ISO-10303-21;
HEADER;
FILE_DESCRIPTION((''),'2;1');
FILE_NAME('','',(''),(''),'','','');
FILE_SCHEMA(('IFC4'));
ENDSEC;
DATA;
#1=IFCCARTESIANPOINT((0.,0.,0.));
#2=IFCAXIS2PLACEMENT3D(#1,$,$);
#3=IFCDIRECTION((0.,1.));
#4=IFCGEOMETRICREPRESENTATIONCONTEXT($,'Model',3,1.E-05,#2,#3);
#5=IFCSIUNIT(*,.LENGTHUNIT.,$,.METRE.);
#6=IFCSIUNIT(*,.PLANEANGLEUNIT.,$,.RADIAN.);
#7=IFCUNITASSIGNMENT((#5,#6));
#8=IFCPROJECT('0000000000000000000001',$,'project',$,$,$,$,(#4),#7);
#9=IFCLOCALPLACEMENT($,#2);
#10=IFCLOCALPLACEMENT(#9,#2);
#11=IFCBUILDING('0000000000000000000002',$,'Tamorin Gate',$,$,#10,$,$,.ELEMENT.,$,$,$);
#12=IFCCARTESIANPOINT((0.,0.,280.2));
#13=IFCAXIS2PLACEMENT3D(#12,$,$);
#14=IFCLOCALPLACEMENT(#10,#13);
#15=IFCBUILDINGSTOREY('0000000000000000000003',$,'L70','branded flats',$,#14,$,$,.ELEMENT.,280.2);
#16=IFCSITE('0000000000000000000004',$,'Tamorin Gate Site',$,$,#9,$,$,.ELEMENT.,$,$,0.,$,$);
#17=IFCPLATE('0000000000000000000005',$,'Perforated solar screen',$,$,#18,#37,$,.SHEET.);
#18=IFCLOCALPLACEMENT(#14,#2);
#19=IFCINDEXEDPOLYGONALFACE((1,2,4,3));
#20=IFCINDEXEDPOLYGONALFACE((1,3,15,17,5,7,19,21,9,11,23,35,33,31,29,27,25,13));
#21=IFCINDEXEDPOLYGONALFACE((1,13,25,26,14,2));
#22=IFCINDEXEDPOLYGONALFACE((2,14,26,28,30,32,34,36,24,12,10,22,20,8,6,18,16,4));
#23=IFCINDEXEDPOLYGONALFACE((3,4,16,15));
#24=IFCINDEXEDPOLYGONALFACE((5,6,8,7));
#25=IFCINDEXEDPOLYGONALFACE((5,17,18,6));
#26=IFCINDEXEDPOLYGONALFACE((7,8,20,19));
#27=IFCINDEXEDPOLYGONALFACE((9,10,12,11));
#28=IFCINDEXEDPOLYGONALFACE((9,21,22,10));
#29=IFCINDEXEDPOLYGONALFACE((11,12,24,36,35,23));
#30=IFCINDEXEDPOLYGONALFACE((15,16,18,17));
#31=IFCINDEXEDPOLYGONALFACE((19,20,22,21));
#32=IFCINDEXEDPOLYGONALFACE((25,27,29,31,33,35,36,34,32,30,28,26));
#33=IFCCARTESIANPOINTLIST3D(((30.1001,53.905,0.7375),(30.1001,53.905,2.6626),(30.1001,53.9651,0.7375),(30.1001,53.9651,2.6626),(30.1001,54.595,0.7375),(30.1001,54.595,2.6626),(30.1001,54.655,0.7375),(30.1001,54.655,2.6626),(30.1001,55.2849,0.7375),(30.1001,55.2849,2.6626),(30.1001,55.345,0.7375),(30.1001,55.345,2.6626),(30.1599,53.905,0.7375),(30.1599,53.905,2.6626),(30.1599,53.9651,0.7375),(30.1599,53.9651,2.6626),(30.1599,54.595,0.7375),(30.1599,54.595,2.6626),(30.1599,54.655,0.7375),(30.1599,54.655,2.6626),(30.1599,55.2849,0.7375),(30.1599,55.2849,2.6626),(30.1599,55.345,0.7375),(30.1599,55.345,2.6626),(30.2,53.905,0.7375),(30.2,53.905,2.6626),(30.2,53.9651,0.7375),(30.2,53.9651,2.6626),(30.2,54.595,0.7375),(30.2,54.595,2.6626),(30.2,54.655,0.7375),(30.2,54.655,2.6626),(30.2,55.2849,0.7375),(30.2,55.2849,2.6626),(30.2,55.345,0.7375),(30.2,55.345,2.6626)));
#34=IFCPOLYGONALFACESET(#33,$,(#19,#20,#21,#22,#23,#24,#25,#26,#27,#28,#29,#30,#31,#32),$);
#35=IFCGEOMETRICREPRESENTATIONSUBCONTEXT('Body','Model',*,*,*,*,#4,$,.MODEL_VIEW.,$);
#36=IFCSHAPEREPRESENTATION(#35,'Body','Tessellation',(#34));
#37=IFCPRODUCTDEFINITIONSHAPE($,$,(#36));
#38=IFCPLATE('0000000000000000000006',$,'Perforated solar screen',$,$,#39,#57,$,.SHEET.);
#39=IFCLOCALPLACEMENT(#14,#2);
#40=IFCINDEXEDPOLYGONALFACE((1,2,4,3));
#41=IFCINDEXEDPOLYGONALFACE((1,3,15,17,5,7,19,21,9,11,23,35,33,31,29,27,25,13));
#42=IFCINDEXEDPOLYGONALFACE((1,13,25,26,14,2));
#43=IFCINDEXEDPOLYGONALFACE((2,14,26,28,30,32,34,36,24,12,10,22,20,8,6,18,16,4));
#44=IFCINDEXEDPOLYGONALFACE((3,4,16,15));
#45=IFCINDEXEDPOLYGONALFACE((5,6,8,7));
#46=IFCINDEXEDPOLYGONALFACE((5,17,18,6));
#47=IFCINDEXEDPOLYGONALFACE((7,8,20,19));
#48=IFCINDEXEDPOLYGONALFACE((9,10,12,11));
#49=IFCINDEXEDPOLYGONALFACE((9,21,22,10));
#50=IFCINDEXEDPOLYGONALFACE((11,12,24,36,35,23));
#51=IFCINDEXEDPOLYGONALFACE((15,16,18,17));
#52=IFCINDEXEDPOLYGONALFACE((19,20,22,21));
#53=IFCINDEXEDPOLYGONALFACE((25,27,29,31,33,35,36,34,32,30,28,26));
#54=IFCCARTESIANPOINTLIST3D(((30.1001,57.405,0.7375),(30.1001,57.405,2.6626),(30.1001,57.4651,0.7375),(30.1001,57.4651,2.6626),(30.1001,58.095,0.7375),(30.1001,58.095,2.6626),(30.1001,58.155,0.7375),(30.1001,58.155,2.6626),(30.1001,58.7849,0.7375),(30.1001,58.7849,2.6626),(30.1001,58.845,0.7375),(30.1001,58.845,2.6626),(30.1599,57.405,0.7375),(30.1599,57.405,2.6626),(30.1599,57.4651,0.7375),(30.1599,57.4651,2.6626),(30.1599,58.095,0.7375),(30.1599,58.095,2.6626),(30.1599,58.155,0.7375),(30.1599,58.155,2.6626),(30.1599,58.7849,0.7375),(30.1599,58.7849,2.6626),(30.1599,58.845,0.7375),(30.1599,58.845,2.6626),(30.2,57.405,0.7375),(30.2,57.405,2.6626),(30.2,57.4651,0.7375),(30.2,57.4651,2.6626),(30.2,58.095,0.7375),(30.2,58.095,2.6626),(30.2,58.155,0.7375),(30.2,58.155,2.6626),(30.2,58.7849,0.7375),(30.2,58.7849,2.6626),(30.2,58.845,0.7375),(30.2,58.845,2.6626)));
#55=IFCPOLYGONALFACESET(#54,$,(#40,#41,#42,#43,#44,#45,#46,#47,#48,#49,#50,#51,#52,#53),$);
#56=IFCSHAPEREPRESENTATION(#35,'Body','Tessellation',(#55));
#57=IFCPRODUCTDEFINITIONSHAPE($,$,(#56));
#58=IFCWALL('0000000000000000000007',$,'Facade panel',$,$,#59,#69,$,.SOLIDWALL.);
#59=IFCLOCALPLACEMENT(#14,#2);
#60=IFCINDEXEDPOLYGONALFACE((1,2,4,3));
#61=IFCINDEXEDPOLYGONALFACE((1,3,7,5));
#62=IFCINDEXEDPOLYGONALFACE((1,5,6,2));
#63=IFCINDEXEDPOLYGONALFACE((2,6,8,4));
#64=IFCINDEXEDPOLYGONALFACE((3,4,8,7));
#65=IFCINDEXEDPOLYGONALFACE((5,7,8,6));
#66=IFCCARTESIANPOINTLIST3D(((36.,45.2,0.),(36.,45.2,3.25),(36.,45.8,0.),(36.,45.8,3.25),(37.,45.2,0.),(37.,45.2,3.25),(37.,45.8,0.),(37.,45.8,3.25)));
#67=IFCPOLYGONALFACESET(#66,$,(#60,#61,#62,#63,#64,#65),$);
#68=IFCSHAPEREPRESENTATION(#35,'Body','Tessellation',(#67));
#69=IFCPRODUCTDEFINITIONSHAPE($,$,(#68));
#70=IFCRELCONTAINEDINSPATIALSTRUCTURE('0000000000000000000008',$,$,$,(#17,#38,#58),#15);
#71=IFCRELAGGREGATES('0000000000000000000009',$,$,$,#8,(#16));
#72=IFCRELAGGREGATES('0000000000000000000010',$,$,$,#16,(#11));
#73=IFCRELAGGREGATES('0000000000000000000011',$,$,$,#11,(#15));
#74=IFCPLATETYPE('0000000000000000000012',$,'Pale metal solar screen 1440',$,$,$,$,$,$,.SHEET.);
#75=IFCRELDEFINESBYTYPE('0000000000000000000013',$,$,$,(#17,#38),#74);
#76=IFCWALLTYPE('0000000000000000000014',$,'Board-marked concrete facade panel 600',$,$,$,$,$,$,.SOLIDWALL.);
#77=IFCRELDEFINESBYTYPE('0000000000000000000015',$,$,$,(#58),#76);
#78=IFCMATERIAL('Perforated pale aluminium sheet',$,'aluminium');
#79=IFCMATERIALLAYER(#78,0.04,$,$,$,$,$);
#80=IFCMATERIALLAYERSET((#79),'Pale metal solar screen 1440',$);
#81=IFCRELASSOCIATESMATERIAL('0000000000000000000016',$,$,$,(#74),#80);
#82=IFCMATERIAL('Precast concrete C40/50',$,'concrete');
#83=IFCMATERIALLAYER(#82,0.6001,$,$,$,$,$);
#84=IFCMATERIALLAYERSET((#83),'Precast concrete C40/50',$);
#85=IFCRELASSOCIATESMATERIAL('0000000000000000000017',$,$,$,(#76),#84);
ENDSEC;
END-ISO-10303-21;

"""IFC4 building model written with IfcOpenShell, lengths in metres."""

from ifc_helpers import new_model, si_unit, direction, frame, frame_2d, origin, place, context, subcontext, project, spatial, polyline, rectangle, outline, extrude, material, layer, layer_set, type_object, element, save


model = new_model("IFC4")

# Units and contexts
model_context = context("Model", 3, precision=1e-05, world=origin(), true_north=direction((0.0, 1.0)))
body_context = subcontext(model_context, "Body", "Model", "MODEL_VIEW")
ifc_project = project(units=[si_unit("LENGTHUNIT", "METRE"), si_unit("PLANEANGLEUNIT", "RADIAN")], contexts=[model_context])

# Site, building, storey
site_placement = place(None, origin())
site = spatial("IfcSite", under=ifc_project, at=site_placement, Name="Tamorin Gate Site", CompositionType="ELEMENT", RefElevation=0.0)
building_placement = place(site_placement, origin())
building = spatial("IfcBuilding", under=site, at=building_placement, Name="Tamorin Gate", CompositionType="ELEMENT")
storey_placement = place(building_placement, frame((0.0, 0.0, 280.2)))
storey = spatial("IfcBuildingStorey", under=building, at=storey_placement, Name="L70", Description="branded flats", CompositionType="ELEMENT", Elevation=280.2)

# Plates
ifc_material_1 = material(Name="Perforated pale aluminium sheet", Category="aluminium")
ifc_layer_1 = layer(ifc_material_1, 0.04)
ifc_layer_set_1 = layer_set([ifc_layer_1], Name="Pale metal solar screen 1440")
plate_type = type_object("IfcPlateType", Name="Pale metal solar screen 1440", PredefinedType="SHEET", material=ifc_layer_set_1)
plate_1_placement = place(storey_placement, frame((0.0, 0.0, 0.7375)))
element("IfcPlate", 1, at=plate_1_placement, inside=storey, type_object=plate_type, Name="Perforated solar screen", PredefinedType="SHEET", context=body_context, shape_type="SweptSolid", body=[
    extrude(outline(polyline([(30.1599, 55.345), (30.2, 55.345), (30.2, 55.2849), (30.2, 54.655), (30.2, 54.595), (30.2, 53.9651), (30.2, 53.905), (30.1599, 53.905), (30.1001, 53.905), (30.1001, 53.9651), (30.1599, 53.9651), (30.1599, 54.595), (30.1001, 54.595), (30.1001, 54.655), (30.1599, 54.655), (30.1599, 55.2849), (30.1001, 55.2849), (30.1001, 55.345), (30.1599, 55.345)])), origin(), (0.0, 0.0, 1.0), 1.925),
])
plate_2_placement = place(storey_placement, frame((0.0, 0.0, 0.7375)))
element("IfcPlate", 2, at=plate_2_placement, inside=storey, type_object=plate_type, Name="Perforated solar screen", PredefinedType="SHEET", context=body_context, shape_type="SweptSolid", body=[
    extrude(outline(polyline([(30.1599, 58.845), (30.2, 58.845), (30.2, 58.7849), (30.2, 58.155), (30.2, 58.095), (30.2, 57.4651), (30.2, 57.405), (30.1599, 57.405), (30.1001, 57.405), (30.1001, 57.4651), (30.1599, 57.4651), (30.1599, 58.095), (30.1001, 58.095), (30.1001, 58.155), (30.1599, 58.155), (30.1599, 58.7849), (30.1001, 58.7849), (30.1001, 58.845), (30.1599, 58.845)])), origin(), (0.0, 0.0, 1.0), 1.925),
])

# Wall
ifc_material_2 = material(Name="Precast concrete C40/50", Category="concrete")
ifc_layer_2 = layer(ifc_material_2, 0.6001)
ifc_layer_set_2 = layer_set([ifc_layer_2], Name="Precast concrete C40/50")
wall_type = type_object("IfcWallType", Name="Board-marked concrete facade panel 600", PredefinedType="SOLIDWALL", material=ifc_layer_set_2)
wall_placement = place(storey_placement, frame((36.0, 45.5, 0.0), z_axis=(0.0, 0.0, 1.0), x_axis=(1.0, 0.0, 0.0)))
element("IfcWall", 3, at=wall_placement, inside=storey, type_object=wall_type, Name="Facade panel", PredefinedType="SOLIDWALL", context=body_context, shape_type="SweptSolid", body=[
    extrude(rectangle(XDim=1.0, YDim=0.6001, at=frame_2d((0.5, 0.0))), origin(), (0.0, 0.0, 1.0), 3.25),
])

save(model, "model.ifc")
